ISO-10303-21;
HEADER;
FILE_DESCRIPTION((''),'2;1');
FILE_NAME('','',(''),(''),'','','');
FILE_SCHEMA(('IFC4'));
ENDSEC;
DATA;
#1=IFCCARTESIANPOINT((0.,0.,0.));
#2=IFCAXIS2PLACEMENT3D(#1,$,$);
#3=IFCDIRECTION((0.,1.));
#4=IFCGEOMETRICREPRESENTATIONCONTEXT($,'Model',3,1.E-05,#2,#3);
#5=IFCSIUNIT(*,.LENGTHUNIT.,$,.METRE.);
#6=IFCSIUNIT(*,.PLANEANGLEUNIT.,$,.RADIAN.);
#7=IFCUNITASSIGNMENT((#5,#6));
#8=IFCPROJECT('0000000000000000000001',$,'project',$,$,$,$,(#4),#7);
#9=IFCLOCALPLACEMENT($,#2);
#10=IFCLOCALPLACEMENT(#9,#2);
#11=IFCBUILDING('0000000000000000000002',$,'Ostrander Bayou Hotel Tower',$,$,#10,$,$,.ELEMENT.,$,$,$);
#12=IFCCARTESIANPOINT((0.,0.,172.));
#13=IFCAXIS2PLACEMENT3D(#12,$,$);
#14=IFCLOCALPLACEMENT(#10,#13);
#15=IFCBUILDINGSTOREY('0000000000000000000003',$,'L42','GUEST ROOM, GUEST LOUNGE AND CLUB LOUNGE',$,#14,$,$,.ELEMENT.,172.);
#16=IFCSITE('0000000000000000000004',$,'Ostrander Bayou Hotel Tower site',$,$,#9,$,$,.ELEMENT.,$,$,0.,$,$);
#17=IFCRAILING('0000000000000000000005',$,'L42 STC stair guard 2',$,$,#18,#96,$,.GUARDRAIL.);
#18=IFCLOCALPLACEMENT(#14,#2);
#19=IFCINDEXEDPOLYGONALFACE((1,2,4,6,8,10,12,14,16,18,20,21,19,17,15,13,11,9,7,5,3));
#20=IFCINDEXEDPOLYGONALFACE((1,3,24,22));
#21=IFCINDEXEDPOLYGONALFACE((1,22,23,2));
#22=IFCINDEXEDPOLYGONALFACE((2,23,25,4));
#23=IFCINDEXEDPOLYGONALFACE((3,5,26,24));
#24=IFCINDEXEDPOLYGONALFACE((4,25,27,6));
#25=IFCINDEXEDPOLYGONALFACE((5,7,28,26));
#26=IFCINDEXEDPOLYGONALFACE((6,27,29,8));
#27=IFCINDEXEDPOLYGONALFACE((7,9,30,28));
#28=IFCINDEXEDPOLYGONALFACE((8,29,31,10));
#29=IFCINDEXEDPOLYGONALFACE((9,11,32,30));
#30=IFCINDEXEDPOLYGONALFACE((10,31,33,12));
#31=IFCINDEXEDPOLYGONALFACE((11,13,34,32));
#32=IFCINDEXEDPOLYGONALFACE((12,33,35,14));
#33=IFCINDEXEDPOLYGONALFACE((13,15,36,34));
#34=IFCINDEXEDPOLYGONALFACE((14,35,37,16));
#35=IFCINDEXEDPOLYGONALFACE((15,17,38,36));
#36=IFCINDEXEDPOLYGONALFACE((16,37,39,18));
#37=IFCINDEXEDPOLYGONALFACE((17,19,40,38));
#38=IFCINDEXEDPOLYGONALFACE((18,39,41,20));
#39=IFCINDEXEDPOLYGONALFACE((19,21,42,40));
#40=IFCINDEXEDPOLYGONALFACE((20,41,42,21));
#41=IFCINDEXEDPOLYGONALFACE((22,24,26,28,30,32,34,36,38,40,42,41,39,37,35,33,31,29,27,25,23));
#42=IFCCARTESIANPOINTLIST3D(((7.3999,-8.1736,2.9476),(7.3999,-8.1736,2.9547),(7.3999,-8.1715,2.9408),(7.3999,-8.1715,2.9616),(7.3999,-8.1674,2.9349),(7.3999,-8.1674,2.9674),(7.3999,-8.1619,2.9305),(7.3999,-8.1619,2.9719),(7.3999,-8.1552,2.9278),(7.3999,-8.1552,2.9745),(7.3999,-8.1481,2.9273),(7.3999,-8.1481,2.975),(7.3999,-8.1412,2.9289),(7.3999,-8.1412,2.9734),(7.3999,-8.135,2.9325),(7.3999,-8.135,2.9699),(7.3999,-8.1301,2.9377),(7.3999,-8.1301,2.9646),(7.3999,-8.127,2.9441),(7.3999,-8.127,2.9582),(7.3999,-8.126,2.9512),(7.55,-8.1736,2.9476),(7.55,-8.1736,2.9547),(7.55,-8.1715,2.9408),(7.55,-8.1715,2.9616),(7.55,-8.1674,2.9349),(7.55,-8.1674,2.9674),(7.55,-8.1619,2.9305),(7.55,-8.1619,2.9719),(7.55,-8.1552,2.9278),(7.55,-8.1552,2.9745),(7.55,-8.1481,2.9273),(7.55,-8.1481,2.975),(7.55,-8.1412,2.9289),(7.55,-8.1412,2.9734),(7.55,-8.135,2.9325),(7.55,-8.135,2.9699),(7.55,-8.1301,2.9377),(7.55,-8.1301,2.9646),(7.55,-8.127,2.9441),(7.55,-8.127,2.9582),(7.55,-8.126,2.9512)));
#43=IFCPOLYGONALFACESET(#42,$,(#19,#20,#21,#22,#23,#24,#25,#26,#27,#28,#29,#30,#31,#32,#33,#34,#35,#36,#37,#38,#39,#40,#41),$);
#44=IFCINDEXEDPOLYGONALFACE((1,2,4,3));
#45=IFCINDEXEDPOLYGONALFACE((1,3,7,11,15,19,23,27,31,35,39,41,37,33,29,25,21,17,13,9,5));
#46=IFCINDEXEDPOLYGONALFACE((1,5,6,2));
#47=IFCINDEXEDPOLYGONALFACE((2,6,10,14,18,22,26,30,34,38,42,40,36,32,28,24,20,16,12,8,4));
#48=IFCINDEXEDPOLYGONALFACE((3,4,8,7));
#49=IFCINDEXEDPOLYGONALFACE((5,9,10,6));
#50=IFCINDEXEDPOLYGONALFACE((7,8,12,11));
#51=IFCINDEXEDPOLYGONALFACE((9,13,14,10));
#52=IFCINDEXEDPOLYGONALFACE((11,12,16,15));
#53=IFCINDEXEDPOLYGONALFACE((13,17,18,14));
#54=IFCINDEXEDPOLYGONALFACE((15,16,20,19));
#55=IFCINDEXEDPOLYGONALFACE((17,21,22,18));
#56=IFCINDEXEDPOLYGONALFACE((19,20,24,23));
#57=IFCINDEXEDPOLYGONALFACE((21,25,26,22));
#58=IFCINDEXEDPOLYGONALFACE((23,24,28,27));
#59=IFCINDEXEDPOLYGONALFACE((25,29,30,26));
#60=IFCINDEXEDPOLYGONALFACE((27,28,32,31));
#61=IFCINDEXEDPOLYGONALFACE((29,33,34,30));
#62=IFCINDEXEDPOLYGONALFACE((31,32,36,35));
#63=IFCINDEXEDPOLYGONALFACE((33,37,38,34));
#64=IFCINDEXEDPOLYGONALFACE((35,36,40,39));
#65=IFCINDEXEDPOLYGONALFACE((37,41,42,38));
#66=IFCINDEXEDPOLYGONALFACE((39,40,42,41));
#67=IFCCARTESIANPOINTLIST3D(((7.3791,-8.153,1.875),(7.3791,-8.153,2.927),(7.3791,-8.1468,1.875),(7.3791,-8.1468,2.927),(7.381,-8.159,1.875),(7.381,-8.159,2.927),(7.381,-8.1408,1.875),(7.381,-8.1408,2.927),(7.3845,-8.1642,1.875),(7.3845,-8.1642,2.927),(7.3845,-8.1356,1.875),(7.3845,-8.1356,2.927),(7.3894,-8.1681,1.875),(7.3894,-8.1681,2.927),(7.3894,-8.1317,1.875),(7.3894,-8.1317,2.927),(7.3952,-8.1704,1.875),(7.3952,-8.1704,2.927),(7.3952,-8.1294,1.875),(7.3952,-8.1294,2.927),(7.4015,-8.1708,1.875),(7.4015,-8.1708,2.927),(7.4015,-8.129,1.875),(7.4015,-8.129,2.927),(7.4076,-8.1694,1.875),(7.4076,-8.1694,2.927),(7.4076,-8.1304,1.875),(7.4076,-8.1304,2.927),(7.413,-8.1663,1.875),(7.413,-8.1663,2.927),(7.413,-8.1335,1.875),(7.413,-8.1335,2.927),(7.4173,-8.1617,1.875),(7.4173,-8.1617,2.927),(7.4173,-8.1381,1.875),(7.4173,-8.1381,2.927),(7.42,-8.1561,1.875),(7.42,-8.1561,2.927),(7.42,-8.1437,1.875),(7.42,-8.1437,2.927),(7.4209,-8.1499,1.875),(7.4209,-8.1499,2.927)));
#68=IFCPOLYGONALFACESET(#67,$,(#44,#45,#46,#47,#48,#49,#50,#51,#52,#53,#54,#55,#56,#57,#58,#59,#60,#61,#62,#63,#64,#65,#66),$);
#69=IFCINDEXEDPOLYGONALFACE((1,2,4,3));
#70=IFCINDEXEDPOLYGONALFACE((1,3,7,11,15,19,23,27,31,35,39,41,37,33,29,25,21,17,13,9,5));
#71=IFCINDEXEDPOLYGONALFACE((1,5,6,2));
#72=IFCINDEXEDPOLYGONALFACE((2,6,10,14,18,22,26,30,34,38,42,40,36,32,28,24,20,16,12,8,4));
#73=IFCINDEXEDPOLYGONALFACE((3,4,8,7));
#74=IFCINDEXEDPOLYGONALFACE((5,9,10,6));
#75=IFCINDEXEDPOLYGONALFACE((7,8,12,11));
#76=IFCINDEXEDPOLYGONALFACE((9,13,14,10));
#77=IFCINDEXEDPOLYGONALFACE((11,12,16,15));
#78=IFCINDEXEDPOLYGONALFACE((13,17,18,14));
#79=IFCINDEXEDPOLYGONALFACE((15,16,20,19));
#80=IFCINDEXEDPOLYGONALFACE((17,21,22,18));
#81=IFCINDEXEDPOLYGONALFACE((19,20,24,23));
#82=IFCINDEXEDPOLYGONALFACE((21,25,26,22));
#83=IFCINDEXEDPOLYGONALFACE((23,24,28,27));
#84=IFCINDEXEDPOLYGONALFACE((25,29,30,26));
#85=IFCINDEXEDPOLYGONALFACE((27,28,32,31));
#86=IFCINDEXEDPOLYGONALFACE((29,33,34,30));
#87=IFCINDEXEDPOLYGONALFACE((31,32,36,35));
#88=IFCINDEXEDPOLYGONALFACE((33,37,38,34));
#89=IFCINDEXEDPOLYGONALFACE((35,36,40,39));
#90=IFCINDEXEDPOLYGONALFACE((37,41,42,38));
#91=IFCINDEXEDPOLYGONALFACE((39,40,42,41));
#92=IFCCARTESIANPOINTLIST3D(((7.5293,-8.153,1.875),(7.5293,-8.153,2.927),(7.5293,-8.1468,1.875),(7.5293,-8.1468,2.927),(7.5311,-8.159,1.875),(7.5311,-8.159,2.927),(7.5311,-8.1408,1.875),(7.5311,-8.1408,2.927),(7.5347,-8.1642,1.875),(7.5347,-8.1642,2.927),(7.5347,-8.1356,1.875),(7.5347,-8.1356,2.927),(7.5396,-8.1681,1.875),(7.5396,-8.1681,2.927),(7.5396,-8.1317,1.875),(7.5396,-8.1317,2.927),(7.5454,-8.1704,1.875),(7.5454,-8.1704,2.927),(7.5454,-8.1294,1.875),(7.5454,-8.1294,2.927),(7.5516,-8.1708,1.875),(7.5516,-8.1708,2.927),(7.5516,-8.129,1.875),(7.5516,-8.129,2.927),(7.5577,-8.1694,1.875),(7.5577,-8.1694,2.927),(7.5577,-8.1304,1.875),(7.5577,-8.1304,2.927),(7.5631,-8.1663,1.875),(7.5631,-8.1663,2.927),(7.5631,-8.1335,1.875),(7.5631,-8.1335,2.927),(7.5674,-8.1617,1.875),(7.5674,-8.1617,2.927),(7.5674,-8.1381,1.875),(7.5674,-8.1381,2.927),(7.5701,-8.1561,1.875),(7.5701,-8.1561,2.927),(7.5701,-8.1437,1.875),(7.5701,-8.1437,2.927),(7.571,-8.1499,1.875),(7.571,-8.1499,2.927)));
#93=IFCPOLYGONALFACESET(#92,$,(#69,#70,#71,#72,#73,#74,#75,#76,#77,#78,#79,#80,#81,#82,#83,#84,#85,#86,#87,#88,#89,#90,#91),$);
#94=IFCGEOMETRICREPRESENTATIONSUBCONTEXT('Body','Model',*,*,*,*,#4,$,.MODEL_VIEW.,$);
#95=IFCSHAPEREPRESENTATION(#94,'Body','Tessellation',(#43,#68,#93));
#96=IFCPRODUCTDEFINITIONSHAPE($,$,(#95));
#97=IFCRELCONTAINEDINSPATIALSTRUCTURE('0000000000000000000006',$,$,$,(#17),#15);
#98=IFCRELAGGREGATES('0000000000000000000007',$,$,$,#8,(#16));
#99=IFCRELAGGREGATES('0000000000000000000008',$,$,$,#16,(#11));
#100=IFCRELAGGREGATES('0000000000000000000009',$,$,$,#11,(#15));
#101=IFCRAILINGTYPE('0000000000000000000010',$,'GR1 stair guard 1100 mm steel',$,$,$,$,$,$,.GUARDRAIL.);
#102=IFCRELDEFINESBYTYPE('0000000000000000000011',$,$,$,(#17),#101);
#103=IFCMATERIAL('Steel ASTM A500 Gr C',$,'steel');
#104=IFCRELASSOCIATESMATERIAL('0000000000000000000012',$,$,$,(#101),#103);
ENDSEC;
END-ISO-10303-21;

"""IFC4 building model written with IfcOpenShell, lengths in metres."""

from ifc_helpers import new_model, si_unit, direction, frame, origin, origin_2d, place, context, subcontext, project, spatial, circle, extrude, material, type_object, element, save


model = new_model("IFC4")

# Units and contexts
model_context = context("Model", 3, precision=1e-05, world=origin(), true_north=direction((0.0, 1.0)))
body_context = subcontext(model_context, "Body", "Model", "MODEL_VIEW")
ifc_project = project(units=[si_unit("LENGTHUNIT", "METRE"), si_unit("PLANEANGLEUNIT", "RADIAN")], contexts=[model_context])

# Site, building, storey
site_placement = place(None, origin())
site = spatial("IfcSite", under=ifc_project, at=site_placement, Name="Ostrander Bayou Hotel Tower site", CompositionType="ELEMENT", RefElevation=0.0)
building_placement = place(site_placement, origin())
building = spatial("IfcBuilding", under=site, at=building_placement, Name="Ostrander Bayou Hotel Tower", CompositionType="ELEMENT")
storey_placement = place(building_placement, frame((0.0, 0.0, 172.0)))
storey = spatial("IfcBuildingStorey", under=building, at=storey_placement, Name="L42", Description="GUEST ROOM, GUEST LOUNGE AND CLUB LOUNGE", CompositionType="ELEMENT", Elevation=172.0)

# Railing
ifc_material_1 = material(Name="Steel ASTM A500 Gr C", Category="steel")
railing_type_1 = type_object("IfcRailingType", Name="GR1 stair guard 1100 mm steel", PredefinedType="GUARDRAIL", material=ifc_material_1)
railing_1_placement = place(storey_placement, frame((7.3999, -8.1499, 1.875)))
element("IfcRailing", 1, at=railing_1_placement, inside=storey, type_object=railing_type_1, Name="L42 STC stair guard 2", PredefinedType="GUARDRAIL", context=body_context, shape_type="SweptSolid", body=[
    extrude(circle(Radius=0.0239, at=origin_2d()), frame((0.0, 0.0, 1.0762), z_axis=(1.0, 0.0, 0.0), x_axis=(0.0, 1.0, 0.0)), (0.0, 0.0, 1.0), 0.1501),
    extrude(circle(Radius=0.021, at=origin_2d()), origin(), (0.0, 0.0, 1.0), 1.052),
    extrude(circle(Radius=0.021, at=origin_2d()), frame((0.1501, 0.0, 0.0)), (0.0, 0.0, 1.0), 1.052),
])

save(model, "model.ifc")
